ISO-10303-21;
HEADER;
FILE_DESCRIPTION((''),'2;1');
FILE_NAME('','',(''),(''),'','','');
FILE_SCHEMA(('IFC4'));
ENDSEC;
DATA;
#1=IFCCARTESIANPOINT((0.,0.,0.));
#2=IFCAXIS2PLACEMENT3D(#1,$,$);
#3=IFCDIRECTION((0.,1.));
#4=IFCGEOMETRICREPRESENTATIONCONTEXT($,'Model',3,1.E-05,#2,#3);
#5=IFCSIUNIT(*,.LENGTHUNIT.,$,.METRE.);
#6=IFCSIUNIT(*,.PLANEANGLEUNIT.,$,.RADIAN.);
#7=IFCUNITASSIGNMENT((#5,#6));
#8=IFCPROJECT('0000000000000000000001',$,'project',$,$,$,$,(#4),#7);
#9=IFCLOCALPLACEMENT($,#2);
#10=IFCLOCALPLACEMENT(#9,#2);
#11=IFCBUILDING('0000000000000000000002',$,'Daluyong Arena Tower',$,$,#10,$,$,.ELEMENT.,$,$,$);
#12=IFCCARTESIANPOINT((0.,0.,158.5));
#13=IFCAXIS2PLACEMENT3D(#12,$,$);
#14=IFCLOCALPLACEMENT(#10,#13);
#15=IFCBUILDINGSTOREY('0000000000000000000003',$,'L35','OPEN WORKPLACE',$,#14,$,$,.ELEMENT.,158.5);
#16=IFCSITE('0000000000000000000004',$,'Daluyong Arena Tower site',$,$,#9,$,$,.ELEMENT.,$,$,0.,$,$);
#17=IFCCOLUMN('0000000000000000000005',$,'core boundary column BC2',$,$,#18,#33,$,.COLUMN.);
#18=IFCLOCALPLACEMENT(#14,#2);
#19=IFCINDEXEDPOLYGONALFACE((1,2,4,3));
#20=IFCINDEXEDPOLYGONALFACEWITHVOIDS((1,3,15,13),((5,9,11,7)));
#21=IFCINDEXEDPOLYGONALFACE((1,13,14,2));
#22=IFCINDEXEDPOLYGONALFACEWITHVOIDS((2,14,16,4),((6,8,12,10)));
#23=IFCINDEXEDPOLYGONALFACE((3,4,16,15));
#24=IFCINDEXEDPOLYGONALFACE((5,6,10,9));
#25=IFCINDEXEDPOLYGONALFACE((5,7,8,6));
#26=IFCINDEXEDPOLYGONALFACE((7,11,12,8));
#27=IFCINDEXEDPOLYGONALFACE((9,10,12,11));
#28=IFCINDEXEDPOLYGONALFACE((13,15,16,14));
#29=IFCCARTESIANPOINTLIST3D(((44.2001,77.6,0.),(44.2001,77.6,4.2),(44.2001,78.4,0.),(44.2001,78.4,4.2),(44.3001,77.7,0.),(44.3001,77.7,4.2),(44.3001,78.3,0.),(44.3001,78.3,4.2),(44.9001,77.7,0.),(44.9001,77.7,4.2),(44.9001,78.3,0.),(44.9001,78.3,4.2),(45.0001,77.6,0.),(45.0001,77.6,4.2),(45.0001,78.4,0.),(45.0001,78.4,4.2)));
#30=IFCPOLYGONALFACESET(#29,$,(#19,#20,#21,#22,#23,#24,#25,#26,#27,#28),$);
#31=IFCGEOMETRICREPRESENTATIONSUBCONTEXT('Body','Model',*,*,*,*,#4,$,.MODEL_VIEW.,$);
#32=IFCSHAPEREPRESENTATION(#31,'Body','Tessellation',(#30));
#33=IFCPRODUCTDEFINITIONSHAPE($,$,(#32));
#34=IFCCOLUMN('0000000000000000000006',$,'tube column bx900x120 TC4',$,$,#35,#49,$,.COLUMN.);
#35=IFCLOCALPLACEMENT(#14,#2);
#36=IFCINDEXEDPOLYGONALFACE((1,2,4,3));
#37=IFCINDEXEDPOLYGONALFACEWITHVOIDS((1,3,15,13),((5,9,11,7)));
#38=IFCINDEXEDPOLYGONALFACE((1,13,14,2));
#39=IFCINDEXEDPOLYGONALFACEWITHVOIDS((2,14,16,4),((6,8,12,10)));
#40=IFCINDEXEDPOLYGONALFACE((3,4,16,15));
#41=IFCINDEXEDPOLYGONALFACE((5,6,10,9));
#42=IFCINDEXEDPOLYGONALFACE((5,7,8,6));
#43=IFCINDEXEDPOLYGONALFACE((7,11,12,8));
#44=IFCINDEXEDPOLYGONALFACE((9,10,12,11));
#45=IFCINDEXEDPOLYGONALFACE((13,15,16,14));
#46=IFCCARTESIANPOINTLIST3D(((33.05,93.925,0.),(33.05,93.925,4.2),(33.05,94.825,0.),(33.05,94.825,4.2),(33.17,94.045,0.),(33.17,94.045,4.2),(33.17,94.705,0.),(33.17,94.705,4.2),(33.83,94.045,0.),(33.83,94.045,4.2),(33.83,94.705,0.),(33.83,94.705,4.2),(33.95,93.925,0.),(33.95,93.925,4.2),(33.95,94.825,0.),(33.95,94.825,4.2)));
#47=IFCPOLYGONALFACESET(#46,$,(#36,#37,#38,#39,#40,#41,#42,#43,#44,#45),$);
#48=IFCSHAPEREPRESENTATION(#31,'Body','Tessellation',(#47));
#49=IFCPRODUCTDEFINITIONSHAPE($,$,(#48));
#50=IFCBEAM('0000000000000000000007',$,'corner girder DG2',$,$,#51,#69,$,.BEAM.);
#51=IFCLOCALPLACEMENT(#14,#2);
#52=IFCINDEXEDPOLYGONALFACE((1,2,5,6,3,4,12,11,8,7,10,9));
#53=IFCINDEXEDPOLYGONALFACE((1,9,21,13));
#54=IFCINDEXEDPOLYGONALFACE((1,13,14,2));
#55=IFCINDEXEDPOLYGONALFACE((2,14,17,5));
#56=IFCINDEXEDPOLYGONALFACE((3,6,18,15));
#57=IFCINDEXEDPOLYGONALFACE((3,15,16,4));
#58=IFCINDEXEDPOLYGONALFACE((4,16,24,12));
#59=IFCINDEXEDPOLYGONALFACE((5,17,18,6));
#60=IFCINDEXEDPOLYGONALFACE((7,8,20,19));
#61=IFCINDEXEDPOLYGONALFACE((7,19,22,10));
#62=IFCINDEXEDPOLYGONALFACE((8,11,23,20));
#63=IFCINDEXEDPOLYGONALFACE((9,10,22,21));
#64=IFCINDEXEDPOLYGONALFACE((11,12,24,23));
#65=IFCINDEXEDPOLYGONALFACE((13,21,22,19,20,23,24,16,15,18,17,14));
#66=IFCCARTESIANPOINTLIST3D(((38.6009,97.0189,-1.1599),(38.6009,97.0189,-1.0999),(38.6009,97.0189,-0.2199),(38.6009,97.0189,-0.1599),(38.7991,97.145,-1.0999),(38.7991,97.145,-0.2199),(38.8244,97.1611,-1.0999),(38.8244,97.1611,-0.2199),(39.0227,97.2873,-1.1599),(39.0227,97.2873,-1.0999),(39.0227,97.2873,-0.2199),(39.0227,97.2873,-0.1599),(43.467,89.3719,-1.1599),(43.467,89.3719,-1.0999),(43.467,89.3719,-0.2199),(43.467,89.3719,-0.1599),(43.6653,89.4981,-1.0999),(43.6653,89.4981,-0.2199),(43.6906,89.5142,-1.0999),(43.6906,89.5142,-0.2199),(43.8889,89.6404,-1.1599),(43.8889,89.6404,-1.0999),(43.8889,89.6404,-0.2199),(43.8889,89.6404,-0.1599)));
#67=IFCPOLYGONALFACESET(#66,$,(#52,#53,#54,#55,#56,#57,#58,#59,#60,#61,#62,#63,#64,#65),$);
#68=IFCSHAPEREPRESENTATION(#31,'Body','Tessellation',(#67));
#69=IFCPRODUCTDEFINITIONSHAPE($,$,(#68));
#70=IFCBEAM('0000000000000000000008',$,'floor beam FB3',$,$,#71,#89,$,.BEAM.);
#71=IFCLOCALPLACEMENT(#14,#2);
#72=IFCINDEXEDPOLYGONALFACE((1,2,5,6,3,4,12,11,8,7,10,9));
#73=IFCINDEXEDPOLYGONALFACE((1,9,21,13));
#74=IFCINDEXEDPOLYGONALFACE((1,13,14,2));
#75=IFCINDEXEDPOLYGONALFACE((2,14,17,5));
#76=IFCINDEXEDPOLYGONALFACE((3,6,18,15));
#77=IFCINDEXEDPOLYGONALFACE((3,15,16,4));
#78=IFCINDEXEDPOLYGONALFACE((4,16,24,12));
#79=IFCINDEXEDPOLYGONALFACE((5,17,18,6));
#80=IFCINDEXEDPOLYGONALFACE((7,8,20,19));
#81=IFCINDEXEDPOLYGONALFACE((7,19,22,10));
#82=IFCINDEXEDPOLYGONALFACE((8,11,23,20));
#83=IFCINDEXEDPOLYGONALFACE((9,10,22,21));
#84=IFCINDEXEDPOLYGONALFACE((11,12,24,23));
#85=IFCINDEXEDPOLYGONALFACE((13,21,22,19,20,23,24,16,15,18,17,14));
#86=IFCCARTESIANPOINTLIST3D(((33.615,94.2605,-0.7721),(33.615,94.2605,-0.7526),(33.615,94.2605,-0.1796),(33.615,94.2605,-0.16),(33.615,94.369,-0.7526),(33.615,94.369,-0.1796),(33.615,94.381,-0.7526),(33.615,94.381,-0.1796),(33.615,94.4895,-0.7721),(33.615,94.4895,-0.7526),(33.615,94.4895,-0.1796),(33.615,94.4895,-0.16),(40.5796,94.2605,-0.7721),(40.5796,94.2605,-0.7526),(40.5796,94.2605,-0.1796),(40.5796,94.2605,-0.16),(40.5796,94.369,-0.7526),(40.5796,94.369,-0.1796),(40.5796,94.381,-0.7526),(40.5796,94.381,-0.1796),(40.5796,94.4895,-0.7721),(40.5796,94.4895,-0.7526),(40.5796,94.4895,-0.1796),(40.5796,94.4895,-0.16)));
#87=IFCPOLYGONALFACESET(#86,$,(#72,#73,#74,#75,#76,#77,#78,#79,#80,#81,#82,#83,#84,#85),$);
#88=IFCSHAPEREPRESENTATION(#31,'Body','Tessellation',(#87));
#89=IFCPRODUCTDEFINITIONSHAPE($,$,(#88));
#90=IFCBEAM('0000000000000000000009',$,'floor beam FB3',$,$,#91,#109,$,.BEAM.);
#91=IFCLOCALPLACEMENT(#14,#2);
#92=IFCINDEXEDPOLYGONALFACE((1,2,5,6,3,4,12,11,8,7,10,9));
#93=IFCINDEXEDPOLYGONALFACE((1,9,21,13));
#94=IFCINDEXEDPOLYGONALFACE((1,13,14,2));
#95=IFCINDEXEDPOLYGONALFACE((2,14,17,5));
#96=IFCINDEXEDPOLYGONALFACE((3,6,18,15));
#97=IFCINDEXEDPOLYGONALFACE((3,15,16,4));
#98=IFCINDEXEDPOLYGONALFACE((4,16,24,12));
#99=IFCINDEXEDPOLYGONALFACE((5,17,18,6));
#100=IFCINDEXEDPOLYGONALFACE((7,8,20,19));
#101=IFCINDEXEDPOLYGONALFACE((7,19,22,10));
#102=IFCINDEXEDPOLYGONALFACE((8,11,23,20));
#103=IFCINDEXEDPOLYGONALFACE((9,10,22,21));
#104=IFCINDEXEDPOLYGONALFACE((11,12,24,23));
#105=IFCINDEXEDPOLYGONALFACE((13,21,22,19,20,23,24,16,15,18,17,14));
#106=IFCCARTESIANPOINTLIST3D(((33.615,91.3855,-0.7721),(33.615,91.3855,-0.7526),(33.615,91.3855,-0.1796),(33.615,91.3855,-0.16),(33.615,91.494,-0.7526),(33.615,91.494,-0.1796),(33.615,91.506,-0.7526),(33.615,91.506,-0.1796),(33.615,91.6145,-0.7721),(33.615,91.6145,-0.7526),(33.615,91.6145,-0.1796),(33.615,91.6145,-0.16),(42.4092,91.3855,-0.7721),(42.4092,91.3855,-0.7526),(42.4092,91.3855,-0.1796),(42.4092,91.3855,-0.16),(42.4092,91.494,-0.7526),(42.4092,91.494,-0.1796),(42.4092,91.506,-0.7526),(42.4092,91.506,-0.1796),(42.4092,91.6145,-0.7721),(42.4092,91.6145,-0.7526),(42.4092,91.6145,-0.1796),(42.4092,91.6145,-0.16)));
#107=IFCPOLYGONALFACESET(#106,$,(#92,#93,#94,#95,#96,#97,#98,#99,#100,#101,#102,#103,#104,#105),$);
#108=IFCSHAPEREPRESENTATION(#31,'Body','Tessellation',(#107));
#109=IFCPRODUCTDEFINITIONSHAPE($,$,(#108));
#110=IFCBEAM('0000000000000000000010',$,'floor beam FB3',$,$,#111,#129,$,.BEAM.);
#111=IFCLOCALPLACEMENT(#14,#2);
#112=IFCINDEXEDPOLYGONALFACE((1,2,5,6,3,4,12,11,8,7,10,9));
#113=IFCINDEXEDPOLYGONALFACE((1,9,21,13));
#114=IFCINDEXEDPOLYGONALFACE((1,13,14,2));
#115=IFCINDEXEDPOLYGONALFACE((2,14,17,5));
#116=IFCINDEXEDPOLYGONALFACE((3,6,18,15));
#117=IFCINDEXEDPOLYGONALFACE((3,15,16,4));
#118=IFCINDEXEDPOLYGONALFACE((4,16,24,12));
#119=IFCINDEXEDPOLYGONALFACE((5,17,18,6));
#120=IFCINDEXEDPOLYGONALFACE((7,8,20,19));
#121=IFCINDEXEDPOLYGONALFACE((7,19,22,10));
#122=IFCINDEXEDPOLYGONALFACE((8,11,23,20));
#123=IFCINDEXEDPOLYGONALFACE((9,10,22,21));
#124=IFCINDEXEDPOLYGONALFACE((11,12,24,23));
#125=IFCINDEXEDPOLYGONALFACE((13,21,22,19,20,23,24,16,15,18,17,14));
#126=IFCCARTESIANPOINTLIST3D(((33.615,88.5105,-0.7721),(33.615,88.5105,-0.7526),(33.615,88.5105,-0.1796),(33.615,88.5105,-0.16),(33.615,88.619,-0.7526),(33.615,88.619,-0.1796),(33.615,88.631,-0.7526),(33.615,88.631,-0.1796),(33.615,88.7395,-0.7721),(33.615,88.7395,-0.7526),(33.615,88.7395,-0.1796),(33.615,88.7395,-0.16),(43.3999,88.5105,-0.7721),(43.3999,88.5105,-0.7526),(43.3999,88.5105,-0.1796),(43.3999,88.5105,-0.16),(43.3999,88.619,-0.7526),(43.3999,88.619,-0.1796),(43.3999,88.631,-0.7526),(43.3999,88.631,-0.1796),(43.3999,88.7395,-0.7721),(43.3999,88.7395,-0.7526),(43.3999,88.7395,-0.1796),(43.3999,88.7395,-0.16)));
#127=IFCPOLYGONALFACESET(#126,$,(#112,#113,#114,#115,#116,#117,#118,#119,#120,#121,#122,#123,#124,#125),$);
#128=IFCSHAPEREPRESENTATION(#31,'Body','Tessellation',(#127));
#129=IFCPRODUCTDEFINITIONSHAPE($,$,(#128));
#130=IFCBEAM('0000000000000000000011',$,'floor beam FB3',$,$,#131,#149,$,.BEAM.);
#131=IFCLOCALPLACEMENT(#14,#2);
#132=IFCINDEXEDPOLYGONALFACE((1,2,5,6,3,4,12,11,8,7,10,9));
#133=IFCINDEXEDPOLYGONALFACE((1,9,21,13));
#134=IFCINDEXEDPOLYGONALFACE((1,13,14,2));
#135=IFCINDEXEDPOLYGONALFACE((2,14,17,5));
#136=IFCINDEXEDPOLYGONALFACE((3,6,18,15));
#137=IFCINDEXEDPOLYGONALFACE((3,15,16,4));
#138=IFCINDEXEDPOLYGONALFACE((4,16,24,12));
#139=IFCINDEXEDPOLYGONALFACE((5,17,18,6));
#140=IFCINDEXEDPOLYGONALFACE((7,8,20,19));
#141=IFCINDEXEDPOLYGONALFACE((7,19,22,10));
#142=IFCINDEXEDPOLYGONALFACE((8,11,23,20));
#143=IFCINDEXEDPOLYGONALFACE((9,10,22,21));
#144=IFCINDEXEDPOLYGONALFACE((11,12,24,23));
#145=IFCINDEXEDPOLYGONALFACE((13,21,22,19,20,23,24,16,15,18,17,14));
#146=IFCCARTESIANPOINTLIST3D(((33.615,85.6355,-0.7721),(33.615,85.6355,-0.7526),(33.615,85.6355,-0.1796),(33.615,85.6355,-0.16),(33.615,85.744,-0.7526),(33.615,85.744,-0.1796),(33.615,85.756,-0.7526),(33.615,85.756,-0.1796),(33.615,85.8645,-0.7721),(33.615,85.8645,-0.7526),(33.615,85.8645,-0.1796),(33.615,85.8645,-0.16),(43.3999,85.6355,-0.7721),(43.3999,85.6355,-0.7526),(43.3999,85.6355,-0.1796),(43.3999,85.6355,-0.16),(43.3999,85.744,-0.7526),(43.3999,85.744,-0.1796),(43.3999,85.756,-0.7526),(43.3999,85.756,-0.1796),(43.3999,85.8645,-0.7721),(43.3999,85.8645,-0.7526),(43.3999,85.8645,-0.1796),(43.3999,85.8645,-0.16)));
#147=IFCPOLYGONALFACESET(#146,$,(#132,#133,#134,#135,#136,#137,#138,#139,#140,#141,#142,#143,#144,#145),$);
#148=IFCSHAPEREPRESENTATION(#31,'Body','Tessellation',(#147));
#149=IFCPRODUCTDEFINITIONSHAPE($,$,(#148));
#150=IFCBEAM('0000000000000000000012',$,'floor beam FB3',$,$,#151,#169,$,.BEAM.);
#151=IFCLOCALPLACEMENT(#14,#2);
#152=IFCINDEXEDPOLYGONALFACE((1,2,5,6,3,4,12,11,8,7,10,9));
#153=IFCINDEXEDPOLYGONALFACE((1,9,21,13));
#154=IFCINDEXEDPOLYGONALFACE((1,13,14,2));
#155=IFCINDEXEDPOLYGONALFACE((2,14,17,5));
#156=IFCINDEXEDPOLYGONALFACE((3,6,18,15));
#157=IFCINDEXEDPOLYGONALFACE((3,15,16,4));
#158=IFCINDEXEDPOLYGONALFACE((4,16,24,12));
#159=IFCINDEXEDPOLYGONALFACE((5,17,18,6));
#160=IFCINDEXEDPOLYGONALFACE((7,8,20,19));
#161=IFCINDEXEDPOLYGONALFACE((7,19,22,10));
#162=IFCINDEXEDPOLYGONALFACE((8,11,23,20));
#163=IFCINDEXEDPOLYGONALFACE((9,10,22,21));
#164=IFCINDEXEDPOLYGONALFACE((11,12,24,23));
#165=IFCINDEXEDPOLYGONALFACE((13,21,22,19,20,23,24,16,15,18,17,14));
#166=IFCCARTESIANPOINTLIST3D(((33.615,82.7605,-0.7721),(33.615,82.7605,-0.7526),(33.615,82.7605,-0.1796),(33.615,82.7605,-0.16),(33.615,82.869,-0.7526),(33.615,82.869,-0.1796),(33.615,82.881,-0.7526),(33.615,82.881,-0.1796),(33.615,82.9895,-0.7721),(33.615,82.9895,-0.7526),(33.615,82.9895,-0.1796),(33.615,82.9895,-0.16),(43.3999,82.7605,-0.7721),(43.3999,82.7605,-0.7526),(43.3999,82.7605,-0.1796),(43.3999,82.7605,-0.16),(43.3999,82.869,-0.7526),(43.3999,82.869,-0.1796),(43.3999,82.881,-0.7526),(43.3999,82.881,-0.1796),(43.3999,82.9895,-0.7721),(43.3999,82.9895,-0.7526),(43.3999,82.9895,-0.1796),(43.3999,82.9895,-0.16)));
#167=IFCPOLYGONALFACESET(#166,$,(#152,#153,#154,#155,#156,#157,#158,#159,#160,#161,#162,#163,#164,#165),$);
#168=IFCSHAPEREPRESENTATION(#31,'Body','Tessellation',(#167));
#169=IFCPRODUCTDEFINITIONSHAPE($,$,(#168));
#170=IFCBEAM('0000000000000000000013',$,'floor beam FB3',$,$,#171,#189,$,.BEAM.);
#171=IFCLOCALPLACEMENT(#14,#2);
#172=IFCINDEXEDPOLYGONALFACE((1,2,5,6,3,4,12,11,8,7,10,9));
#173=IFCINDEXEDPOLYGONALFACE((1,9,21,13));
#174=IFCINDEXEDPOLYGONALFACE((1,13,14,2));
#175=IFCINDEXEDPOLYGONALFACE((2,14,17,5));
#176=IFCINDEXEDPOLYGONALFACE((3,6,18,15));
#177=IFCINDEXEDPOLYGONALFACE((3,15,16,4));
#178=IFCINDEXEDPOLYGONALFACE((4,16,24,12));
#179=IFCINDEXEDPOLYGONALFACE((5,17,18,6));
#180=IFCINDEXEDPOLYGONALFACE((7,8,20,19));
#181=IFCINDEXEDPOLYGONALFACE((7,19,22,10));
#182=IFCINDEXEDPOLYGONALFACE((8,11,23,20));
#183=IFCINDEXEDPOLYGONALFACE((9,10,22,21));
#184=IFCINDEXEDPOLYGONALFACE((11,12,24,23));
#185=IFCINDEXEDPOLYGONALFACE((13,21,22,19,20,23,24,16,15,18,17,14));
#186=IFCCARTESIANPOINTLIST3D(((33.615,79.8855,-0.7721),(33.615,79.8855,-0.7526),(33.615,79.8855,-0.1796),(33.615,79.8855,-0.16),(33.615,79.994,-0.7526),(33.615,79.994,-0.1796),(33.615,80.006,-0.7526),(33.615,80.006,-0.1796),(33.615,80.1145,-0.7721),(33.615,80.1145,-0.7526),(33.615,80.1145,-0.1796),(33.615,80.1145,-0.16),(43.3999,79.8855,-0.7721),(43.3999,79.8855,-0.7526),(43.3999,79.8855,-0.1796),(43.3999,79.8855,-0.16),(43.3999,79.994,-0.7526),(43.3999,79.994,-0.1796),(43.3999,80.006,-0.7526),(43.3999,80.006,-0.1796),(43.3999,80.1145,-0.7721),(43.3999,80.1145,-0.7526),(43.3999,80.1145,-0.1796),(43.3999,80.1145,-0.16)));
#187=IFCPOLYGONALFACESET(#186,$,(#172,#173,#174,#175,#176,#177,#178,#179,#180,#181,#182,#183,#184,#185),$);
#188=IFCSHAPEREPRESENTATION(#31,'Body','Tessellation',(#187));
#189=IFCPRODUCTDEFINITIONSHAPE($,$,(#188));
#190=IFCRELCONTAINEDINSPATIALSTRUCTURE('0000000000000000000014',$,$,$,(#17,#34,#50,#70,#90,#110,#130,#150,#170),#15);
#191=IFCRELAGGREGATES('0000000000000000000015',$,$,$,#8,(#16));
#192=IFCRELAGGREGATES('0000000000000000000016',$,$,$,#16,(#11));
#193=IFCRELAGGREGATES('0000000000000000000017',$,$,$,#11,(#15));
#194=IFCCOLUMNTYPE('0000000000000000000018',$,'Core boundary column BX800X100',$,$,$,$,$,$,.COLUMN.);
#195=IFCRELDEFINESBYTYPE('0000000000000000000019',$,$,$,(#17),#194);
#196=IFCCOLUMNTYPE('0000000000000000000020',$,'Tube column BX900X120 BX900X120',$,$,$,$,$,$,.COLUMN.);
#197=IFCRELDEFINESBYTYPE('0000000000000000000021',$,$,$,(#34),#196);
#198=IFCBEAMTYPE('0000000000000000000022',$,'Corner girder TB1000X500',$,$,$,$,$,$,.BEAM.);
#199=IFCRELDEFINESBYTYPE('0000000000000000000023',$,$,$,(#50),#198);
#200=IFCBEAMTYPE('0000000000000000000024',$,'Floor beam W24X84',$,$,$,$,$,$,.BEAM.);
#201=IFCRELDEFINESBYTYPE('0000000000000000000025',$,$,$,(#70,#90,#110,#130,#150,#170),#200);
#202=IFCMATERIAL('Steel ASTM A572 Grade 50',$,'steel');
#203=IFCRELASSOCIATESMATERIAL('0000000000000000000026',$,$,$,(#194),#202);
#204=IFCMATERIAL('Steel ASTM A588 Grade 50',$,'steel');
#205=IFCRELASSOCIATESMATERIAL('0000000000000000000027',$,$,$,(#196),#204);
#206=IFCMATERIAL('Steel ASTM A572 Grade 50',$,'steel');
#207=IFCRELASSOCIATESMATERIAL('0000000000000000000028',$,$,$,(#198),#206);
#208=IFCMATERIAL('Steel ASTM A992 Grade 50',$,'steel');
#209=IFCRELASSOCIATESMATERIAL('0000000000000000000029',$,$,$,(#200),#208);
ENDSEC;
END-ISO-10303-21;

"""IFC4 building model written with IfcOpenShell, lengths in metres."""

from ifc_helpers import new_model, si_unit, direction, frame, origin, origin_2d, place, context, subcontext, project, spatial, hollow_rectangle, i_section, extrude, material, material_profile, profile_set, type_object, element, save


model = new_model("IFC4")

# Units and contexts
model_context = context("Model", 3, precision=1e-05, world=origin(), true_north=direction((0.0, 1.0)))
body_context = subcontext(model_context, "Body", "Model", "MODEL_VIEW")
ifc_project = project(units=[si_unit("LENGTHUNIT", "METRE"), si_unit("PLANEANGLEUNIT", "RADIAN")], contexts=[model_context])

# Site, building, storey
site_placement = place(None, origin())
site = spatial("IfcSite", under=ifc_project, at=site_placement, Name="Daluyong Arena Tower site", CompositionType="ELEMENT", RefElevation=0.0)
building_placement = place(site_placement, origin())
building = spatial("IfcBuilding", under=site, at=building_placement, Name="Daluyong Arena Tower", CompositionType="ELEMENT")
storey_placement = place(building_placement, frame((0.0, 0.0, 158.5)))
storey = spatial("IfcBuildingStorey", under=building, at=storey_placement, Name="L35", Description="OPEN WORKPLACE", CompositionType="ELEMENT", Elevation=158.5)

# Columns
ifc_material_1 = material(Name="Steel ASTM A572 Grade 50", Category="steel")
ifc_material_profile_1 = material_profile(ifc_material_1, hollow_rectangle(XDim=0.8, YDim=0.8, WallThickness=0.1, at=origin_2d()))
ifc_profile_set_1 = profile_set([ifc_material_profile_1], Name="Steel ASTM A572 Grade 50")
column_type_1 = type_object("IfcColumnType", Name="Core boundary column BX800X100", PredefinedType="COLUMN", material=ifc_profile_set_1)
column_1_placement = place(storey_placement, frame((44.6001, 78.0, 0.0), z_axis=(0.0, 0.0, 1.0), x_axis=(1.0, 0.0, 0.0)))
element("IfcColumn", 1, at=column_1_placement, inside=storey, type_object=column_type_1, Name="core boundary column BC2", PredefinedType="COLUMN", context=body_context, shape_type="SweptSolid", body=[
    extrude(hollow_rectangle(XDim=0.8, YDim=0.8, WallThickness=0.1, at=origin_2d()), origin(), (0.0, 0.0, 1.0), 4.2),
])
ifc_material_2 = material(Name="Steel ASTM A588 Grade 50", Category="steel")
ifc_material_profile_2 = material_profile(ifc_material_2, hollow_rectangle(XDim=0.8999, YDim=0.8999, WallThickness=0.12, at=origin_2d()))
ifc_profile_set_2 = profile_set([ifc_material_profile_2], Name="Steel ASTM A588 Grade 50")
column_type_2 = type_object("IfcColumnType", Name="Tube column BX900X120 BX900X120", PredefinedType="COLUMN", material=ifc_profile_set_2)
column_2_placement = place(storey_placement, frame((33.5, 94.375, 0.0), z_axis=(0.0, 0.0, 1.0), x_axis=(0.0, 1.0, 0.0)))
element("IfcColumn", 2, at=column_2_placement, inside=storey, type_object=column_type_2, Name="tube column bx900x120 TC4", PredefinedType="COLUMN", context=body_context, shape_type="SweptSolid", body=[
    extrude(hollow_rectangle(XDim=0.8999, YDim=0.8999, WallThickness=0.12, at=origin_2d()), origin(), (0.0, 0.0, 1.0), 4.2),
])

# Beams
ifc_material_3 = material(Name="Steel ASTM A572 Grade 50", Category="steel")
ifc_material_profile_3 = material_profile(ifc_material_3, i_section(OverallWidth=0.5, OverallDepth=1.0, WebThickness=0.03, FlangeThickness=0.06, at=origin_2d()))
ifc_profile_set_3 = profile_set([ifc_material_profile_3], Name="Steel ASTM A572 Grade 50")
beam_type_1 = type_object("IfcBeamType", Name="Corner girder TB1000X500", PredefinedType="BEAM", material=ifc_profile_set_3)
beam_1_placement = place(storey_placement, frame((38.8118, 97.1531, -0.6599), z_axis=(0.536872, -0.843664, 0.0), x_axis=(0.843664, 0.536872, 0.0)))
element("IfcBeam", 3, at=beam_1_placement, inside=storey, type_object=beam_type_1, Name="corner girder DG2", PredefinedType="BEAM", context=body_context, shape_type="SweptSolid", body=[
    extrude(i_section(OverallWidth=0.5, OverallDepth=1.0, WebThickness=0.03, FlangeThickness=0.06, at=origin_2d()), origin(), (0.0, 0.0, 1.0), 9.064),
])
ifc_material_4 = material(Name="Steel ASTM A992 Grade 50", Category="steel")
ifc_material_profile_4 = material_profile(ifc_material_4, i_section(OverallWidth=0.229, OverallDepth=0.6121, WebThickness=0.012, FlangeThickness=0.0195, at=origin_2d()))
ifc_profile_set_4 = profile_set([ifc_material_profile_4], Name="Steel ASTM A992 Grade 50")
beam_type_2 = type_object("IfcBeamType", Name="Floor beam W24X84", PredefinedType="BEAM", material=ifc_profile_set_4)
beam_2_placement = place(storey_placement, frame((33.615, 94.375, -0.4661), z_axis=(1.0, 0.0, 0.0), x_axis=(0.0, 1.0, 0.0)))
element("IfcBeam", 4, at=beam_2_placement, inside=storey, type_object=beam_type_2, Name="floor beam FB3", PredefinedType="BEAM", context=body_context, shape_type="SweptSolid", body=[
    extrude(i_section(OverallWidth=0.229, OverallDepth=0.6121, WebThickness=0.012, FlangeThickness=0.0195, at=origin_2d()), origin(), (0.0, 0.0, 1.0), 6.9646),
])
beam_3_placement = place(storey_placement, frame((33.615, 91.5, -0.4661), z_axis=(1.0, 0.0, 0.0), x_axis=(0.0, 1.0, 0.0)))
element("IfcBeam", 5, at=beam_3_placement, inside=storey, type_object=beam_type_2, Name="floor beam FB3", PredefinedType="BEAM", context=body_context, shape_type="SweptSolid", body=[
    extrude(i_section(OverallWidth=0.229, OverallDepth=0.6121, WebThickness=0.012, FlangeThickness=0.0195, at=origin_2d()), origin(), (0.0, 0.0, 1.0), 8.7942),
])
for number, where, z_axis, x_axis, name in (
    (6, (33.615, 88.625, -0.4661), (1.0, 0.0, 0.0), (0.0, 1.0, 0.0), "floor beam FB3"),
    (7, (33.615, 85.75, -0.4661), (1.0, 0.0, 0.0), (0.0, 1.0, 0.0), "floor beam FB3"),
    (8, (33.615, 82.875, -0.4661), (1.0, 0.0, 0.0), (0.0, 1.0, 0.0), "floor beam FB3"),
    (9, (33.615, 80.0, -0.4661), (1.0, 0.0, 0.0), (0.0, 1.0, 0.0), "floor beam FB3"),
):
    element("IfcBeam", number, at=place(storey_placement, frame(where, z_axis=z_axis, x_axis=x_axis)), inside=storey, type_object=beam_type_2, Name=name, PredefinedType="BEAM", context=body_context, shape_type="SweptSolid", body=[
        extrude(i_section(OverallWidth=0.229, OverallDepth=0.6121, WebThickness=0.012, FlangeThickness=0.0195, at=origin_2d()), origin(), (0.0, 0.0, 1.0), 9.7849),
    ])

save(model, "model.ifc")
